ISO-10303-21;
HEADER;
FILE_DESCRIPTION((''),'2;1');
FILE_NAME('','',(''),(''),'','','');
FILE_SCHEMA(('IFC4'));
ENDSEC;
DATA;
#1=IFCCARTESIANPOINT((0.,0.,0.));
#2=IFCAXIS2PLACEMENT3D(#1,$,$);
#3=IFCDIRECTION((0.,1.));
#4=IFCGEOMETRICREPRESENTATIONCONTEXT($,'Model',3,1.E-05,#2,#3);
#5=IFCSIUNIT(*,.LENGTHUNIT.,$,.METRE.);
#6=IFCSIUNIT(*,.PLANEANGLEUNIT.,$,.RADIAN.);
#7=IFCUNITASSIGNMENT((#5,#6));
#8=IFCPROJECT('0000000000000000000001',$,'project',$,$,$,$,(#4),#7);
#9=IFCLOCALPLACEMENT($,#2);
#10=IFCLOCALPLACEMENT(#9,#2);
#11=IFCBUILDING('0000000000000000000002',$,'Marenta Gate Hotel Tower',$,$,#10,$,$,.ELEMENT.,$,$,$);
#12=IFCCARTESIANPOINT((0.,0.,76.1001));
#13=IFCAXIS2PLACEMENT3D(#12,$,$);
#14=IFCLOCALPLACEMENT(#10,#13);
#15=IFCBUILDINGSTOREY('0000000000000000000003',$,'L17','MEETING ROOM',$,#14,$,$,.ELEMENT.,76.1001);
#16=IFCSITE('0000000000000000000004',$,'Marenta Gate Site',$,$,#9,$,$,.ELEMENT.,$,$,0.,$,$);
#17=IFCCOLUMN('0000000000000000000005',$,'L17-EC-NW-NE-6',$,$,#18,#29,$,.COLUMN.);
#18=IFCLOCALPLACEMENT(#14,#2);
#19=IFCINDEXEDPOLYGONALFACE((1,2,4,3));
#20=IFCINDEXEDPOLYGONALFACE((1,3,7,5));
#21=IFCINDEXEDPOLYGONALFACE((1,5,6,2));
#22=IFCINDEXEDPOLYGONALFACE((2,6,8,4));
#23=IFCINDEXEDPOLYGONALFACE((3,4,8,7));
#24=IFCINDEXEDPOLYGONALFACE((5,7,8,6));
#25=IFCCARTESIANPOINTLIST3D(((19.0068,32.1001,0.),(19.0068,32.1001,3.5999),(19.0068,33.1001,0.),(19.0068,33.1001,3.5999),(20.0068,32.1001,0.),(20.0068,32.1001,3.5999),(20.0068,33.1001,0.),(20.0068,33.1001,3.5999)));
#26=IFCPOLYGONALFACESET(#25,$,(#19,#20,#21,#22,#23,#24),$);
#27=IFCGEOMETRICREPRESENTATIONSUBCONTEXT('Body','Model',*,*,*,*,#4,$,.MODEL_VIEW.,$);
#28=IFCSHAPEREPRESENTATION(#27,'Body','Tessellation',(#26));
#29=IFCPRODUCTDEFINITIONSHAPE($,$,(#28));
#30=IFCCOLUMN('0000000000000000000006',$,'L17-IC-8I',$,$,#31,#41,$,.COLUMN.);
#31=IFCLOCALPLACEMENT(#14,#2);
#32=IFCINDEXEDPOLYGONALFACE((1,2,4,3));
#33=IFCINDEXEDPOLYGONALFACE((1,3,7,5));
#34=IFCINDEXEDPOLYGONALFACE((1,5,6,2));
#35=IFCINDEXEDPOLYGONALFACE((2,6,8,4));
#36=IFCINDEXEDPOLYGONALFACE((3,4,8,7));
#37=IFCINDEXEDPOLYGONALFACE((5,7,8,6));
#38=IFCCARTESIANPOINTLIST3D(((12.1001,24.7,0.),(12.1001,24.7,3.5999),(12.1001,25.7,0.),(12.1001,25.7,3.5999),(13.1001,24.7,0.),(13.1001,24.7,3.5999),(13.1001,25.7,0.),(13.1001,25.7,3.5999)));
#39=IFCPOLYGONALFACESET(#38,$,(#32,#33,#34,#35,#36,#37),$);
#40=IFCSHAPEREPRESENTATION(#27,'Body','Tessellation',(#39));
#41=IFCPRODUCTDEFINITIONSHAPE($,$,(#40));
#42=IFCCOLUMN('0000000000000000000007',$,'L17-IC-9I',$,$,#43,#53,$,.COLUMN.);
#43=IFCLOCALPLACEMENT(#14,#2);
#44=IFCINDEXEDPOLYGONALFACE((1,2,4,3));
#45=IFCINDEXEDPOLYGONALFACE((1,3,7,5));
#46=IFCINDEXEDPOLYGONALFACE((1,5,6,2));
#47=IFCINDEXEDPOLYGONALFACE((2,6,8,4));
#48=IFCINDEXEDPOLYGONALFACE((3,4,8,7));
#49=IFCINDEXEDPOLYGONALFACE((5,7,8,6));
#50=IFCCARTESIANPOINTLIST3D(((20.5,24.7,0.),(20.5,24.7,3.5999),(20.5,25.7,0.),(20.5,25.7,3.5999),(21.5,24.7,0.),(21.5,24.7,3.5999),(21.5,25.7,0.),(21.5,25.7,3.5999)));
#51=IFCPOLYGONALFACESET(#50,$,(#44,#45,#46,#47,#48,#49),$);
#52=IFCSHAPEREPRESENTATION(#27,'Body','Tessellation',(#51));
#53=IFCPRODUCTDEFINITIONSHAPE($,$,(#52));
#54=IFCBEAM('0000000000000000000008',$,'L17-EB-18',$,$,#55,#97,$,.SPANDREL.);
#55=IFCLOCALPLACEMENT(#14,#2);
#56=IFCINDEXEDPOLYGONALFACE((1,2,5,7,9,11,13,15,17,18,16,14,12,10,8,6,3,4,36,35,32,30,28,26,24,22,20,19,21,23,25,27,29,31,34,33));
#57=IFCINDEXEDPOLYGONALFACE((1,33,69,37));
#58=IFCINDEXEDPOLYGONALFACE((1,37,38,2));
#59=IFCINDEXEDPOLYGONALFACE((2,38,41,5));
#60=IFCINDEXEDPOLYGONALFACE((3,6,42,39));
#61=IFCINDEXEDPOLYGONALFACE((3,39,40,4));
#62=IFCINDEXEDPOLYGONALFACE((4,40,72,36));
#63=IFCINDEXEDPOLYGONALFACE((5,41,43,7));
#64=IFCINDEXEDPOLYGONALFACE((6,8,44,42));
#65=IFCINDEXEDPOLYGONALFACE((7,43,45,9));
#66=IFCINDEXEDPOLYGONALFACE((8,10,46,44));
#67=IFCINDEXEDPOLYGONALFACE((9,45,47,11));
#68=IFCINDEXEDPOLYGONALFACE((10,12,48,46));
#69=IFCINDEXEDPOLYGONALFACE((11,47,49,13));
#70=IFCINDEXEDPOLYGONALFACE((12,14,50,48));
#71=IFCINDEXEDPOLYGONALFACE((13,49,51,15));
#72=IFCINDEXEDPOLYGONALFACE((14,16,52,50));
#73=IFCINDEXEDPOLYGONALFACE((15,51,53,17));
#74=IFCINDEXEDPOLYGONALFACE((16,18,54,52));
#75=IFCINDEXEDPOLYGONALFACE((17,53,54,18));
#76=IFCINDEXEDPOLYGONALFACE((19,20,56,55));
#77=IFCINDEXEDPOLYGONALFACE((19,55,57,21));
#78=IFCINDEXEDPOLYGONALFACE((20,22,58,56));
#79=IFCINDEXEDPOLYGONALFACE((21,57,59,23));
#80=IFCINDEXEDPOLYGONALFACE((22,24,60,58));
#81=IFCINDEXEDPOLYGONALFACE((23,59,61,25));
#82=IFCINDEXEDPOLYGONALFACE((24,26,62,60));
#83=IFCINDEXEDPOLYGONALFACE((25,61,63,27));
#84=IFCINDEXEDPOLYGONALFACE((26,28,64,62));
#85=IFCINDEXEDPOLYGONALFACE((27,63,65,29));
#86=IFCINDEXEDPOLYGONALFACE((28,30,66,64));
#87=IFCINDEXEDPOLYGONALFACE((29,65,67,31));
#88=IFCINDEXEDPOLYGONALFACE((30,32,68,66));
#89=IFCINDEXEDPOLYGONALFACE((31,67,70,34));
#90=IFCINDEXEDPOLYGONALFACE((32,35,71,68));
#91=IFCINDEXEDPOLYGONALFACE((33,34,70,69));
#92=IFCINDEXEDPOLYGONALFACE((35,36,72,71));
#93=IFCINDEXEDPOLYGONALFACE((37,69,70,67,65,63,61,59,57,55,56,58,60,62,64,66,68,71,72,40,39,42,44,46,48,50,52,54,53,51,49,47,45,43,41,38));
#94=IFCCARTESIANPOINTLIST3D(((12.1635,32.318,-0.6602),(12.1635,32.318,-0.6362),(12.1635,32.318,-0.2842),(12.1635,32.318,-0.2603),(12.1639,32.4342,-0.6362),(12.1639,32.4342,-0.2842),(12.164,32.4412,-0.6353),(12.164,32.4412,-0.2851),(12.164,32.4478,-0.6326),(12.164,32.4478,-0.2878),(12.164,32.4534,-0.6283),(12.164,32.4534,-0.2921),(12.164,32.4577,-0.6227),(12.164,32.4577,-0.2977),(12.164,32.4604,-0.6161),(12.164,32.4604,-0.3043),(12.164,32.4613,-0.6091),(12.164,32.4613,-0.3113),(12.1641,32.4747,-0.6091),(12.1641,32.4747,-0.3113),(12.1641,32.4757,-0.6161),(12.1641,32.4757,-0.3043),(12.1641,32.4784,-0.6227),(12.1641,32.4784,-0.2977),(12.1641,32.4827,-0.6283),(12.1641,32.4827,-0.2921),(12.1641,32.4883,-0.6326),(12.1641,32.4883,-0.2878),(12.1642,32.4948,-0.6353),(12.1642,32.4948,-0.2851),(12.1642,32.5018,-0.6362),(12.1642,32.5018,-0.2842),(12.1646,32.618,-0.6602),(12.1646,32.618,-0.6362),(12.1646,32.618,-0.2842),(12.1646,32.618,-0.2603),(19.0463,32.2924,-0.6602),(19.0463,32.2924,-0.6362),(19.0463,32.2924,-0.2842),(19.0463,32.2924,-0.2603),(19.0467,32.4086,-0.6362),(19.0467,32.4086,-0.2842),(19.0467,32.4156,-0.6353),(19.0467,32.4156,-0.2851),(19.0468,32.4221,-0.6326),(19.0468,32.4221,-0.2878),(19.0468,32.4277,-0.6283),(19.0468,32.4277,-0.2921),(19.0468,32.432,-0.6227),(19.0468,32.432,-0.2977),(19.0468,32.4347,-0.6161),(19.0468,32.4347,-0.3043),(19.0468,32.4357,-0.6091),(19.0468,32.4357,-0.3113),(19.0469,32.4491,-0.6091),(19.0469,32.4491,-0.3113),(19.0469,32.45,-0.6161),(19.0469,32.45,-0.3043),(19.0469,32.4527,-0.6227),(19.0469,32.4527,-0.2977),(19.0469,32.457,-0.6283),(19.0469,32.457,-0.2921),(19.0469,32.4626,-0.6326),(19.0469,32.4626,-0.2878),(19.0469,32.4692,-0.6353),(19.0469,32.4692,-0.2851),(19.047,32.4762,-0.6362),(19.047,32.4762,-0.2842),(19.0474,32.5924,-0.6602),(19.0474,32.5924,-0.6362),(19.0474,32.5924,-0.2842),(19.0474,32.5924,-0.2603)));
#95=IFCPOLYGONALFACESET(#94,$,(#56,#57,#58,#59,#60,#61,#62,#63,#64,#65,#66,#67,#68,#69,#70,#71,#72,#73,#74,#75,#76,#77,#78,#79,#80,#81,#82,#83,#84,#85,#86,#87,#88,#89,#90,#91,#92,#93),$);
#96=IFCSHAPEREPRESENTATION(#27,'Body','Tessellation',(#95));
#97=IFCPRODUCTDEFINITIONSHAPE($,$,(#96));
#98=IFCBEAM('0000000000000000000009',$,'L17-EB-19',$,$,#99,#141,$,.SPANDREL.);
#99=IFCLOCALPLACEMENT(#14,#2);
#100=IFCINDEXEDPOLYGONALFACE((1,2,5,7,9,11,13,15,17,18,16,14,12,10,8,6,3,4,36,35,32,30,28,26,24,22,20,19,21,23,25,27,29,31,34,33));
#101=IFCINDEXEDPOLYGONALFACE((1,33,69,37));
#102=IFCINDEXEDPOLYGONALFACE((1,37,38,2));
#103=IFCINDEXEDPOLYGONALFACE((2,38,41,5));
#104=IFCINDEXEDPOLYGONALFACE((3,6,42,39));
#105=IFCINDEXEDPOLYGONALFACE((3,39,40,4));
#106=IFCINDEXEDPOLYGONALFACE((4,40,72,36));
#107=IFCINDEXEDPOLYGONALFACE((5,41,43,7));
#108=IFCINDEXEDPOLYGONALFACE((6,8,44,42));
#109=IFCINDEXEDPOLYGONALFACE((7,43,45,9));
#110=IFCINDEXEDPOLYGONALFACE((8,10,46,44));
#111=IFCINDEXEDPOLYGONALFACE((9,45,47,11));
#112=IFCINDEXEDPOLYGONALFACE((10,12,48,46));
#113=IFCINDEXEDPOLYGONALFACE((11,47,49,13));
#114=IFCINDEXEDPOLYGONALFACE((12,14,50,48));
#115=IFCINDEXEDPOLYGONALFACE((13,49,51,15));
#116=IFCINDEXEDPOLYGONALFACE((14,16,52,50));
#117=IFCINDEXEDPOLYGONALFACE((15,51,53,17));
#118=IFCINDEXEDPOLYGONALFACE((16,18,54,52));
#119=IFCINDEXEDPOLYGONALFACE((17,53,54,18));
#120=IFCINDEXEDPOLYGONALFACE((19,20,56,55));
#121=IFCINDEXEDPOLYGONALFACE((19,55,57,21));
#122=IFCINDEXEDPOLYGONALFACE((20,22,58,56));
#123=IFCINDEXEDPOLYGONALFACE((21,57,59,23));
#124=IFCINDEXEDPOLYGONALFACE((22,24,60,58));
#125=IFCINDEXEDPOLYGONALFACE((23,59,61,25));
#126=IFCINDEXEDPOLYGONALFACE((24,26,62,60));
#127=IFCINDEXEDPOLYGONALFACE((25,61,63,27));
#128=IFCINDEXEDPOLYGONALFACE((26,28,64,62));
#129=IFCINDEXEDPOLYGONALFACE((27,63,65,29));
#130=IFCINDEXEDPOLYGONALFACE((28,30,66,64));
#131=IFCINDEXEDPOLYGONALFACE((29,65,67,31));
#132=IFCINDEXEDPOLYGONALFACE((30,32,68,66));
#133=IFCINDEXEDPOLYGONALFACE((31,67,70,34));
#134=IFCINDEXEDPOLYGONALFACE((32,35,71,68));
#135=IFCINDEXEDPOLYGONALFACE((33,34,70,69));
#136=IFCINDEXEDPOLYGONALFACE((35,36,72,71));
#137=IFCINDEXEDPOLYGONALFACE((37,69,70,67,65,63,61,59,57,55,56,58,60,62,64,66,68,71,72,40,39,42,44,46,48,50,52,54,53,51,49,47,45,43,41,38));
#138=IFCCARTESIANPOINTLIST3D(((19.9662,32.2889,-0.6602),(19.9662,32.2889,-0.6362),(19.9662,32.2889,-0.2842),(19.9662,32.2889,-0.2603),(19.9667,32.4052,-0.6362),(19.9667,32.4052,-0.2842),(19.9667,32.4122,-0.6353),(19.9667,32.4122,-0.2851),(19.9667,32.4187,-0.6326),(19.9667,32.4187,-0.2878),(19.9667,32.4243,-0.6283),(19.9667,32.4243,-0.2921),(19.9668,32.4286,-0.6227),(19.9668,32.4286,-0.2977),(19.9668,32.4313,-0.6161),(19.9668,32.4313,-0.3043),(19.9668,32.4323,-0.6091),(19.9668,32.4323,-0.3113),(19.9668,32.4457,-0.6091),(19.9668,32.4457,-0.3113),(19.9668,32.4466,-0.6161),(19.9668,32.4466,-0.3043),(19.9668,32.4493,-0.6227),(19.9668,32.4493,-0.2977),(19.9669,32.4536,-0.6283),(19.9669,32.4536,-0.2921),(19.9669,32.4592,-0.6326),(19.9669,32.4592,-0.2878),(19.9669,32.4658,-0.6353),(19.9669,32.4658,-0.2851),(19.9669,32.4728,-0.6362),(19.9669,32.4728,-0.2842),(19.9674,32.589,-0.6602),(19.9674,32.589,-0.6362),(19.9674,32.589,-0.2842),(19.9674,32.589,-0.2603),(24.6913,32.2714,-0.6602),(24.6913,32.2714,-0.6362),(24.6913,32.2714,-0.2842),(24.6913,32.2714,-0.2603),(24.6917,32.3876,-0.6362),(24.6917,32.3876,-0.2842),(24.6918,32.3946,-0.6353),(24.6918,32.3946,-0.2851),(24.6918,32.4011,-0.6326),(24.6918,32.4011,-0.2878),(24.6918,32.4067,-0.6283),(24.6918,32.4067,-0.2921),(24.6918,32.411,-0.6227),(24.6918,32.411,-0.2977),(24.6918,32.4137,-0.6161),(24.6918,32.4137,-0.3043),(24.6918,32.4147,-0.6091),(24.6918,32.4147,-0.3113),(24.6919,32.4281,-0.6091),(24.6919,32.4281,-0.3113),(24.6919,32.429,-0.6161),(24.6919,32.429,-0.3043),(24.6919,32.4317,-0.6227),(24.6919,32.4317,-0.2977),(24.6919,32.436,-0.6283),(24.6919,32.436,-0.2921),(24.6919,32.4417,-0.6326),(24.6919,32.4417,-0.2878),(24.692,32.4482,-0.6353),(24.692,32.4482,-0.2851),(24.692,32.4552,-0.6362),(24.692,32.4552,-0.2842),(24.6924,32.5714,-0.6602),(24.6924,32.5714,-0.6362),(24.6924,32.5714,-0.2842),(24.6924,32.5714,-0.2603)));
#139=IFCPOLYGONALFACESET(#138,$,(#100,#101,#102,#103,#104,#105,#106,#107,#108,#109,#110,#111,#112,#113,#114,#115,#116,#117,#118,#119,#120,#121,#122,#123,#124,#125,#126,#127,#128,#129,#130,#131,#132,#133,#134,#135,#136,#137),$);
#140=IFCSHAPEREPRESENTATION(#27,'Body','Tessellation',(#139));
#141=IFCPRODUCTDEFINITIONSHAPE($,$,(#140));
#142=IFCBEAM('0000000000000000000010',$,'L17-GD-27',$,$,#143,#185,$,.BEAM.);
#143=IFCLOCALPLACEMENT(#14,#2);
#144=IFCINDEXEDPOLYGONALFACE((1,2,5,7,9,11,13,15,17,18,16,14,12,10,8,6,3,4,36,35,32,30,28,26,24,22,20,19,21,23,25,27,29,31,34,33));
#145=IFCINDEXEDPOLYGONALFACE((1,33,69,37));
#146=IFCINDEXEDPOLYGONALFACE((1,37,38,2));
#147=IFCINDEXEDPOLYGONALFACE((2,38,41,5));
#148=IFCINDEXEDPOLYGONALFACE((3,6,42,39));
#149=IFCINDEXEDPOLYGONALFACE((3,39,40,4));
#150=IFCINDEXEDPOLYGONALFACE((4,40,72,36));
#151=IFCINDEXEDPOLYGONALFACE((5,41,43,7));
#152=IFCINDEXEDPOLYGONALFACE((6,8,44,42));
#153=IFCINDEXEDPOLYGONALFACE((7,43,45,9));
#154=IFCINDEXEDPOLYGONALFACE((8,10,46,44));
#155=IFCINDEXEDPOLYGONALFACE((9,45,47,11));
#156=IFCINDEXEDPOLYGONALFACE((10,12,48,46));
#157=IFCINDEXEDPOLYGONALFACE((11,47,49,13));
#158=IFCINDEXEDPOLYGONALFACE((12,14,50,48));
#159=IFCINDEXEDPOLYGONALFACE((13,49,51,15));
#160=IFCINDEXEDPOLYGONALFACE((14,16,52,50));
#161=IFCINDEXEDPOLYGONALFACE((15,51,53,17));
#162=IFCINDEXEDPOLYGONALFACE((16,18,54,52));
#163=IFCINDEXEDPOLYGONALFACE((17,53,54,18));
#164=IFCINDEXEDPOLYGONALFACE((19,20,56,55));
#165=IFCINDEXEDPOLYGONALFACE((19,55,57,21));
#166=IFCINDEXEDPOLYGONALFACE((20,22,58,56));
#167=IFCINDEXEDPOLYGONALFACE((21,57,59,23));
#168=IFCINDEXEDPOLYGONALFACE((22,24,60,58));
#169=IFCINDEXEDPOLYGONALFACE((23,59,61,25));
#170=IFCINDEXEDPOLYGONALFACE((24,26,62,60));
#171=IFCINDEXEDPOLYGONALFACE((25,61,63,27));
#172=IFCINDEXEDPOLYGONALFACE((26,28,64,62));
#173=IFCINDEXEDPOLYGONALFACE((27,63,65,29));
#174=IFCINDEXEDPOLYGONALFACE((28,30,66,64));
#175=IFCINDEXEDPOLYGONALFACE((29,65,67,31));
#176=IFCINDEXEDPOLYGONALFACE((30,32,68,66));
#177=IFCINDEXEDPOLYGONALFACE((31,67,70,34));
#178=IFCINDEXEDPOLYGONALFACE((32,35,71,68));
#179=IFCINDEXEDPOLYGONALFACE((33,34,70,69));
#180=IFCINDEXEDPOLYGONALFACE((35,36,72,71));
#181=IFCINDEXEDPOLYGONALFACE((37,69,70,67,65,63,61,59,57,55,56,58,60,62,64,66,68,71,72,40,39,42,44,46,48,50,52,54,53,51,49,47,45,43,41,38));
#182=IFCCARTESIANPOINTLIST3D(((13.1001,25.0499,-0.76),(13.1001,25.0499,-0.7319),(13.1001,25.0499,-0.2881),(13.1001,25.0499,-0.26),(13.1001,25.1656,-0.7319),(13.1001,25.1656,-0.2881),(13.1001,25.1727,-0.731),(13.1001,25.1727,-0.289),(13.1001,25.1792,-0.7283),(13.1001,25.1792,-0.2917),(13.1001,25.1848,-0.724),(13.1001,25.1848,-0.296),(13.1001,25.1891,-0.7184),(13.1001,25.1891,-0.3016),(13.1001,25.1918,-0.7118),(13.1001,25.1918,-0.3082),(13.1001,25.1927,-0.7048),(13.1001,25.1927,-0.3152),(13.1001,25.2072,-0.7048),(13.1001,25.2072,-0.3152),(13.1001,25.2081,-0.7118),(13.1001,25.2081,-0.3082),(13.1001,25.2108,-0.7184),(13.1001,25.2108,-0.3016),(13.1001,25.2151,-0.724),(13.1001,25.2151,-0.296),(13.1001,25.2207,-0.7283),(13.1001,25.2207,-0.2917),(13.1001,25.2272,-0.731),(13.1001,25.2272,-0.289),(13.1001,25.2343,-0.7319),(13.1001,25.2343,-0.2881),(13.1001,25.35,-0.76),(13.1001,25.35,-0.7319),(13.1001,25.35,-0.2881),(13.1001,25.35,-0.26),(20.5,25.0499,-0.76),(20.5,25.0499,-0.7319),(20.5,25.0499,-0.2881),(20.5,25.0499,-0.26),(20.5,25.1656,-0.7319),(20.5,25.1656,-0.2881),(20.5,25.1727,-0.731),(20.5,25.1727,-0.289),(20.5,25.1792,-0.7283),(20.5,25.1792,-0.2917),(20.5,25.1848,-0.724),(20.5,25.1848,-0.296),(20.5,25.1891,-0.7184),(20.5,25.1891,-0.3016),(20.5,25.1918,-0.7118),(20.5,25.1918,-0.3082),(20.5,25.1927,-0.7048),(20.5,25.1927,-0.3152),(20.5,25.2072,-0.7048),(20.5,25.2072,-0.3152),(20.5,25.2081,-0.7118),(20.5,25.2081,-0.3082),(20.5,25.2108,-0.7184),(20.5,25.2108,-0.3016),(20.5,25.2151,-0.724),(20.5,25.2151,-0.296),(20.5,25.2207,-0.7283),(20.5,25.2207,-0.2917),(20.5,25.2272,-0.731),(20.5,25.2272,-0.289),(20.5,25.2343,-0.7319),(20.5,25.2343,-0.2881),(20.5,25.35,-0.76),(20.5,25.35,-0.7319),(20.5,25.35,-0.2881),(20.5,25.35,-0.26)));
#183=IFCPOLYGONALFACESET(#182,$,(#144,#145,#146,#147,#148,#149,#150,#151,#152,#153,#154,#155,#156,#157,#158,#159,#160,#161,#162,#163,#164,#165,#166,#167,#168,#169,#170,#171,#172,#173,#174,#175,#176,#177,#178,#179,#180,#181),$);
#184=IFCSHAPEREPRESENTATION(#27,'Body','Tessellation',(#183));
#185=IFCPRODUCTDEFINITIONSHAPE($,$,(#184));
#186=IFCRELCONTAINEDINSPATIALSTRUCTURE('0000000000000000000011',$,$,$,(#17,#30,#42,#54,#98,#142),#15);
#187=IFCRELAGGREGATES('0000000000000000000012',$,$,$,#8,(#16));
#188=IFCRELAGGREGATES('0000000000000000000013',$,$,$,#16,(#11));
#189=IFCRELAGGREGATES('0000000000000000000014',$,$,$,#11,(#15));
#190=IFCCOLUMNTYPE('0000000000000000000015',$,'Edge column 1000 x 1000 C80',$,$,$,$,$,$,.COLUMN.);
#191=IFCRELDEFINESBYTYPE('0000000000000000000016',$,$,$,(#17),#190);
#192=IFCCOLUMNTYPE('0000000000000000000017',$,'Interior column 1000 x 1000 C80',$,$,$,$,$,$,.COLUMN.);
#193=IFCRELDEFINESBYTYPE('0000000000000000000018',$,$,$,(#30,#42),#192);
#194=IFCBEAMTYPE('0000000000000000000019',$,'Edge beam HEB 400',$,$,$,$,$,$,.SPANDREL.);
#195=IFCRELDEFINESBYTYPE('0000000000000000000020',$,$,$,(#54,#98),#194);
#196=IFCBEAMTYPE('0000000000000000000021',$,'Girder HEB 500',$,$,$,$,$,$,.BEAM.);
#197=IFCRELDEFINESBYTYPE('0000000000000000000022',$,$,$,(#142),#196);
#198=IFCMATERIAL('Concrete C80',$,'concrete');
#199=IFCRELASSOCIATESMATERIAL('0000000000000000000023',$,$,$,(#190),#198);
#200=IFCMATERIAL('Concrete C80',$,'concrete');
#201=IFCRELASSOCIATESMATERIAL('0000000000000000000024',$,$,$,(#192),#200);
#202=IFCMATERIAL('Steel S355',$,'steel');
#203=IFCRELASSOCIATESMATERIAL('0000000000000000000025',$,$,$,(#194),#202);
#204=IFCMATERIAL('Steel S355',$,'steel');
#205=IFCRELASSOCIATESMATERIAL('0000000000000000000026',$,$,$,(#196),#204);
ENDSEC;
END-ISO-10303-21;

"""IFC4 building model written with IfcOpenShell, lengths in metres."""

from ifc_helpers import new_model, si_unit, direction, frame, origin, origin_2d, place, context, subcontext, project, spatial, rectangle, i_section, extrude, material, material_profile, profile_set, type_object, element, save


model = new_model("IFC4")

# Units and contexts
model_context = context("Model", 3, precision=1e-05, world=origin(), true_north=direction((0.0, 1.0)))
body_context = subcontext(model_context, "Body", "Model", "MODEL_VIEW")
ifc_project = project(units=[si_unit("LENGTHUNIT", "METRE"), si_unit("PLANEANGLEUNIT", "RADIAN")], contexts=[model_context])

# Site, building, storey
site_placement = place(None, origin())
site = spatial("IfcSite", under=ifc_project, at=site_placement, Name="Marenta Gate Site", CompositionType="ELEMENT", RefElevation=0.0)
building_placement = place(site_placement, origin())
building = spatial("IfcBuilding", under=site, at=building_placement, Name="Marenta Gate Hotel Tower", CompositionType="ELEMENT")
storey_placement = place(building_placement, frame((0.0, 0.0, 76.1001)))
storey = spatial("IfcBuildingStorey", under=building, at=storey_placement, Name="L17", Description="MEETING ROOM", CompositionType="ELEMENT", Elevation=76.1001)

# Columns
ifc_material_1 = material(Name="Concrete C80", Category="concrete")
ifc_material_profile_1 = material_profile(ifc_material_1, rectangle(XDim=1.0, YDim=1.0, at=origin_2d()), Name="1000 x 1000")
ifc_profile_set_1 = profile_set([ifc_material_profile_1], Name="Concrete C80")
column_type_1 = type_object("IfcColumnType", Name="Edge column 1000 x 1000 C80", PredefinedType="COLUMN", material=ifc_profile_set_1)
column_placement = place(storey_placement, frame((19.5068, 32.6001, 0.0), z_axis=(0.0, 0.0, 1.0), x_axis=(1.0, 0.0, 0.0)))
element("IfcColumn", 1, at=column_placement, inside=storey, type_object=column_type_1, Name="L17-EC-NW-NE-6", PredefinedType="COLUMN", context=body_context, shape_type="SweptSolid", body=[
    extrude(rectangle(XDim=1.0, YDim=1.0, at=origin_2d()), origin(), (0.0, 0.0, 1.0), 3.5999),
])
ifc_material_2 = material(Name="Concrete C80", Category="concrete")
ifc_material_profile_2 = material_profile(ifc_material_2, rectangle(XDim=1.0, YDim=1.0, at=origin_2d()), Name="1000 x 1000")
ifc_profile_set_2 = profile_set([ifc_material_profile_2], Name="Concrete C80")
column_type_2 = type_object("IfcColumnType", Name="Interior column 1000 x 1000 C80", PredefinedType="COLUMN", material=ifc_profile_set_2)
for number, where, z_axis, x_axis, name in (
    (2, (12.6001, 25.2, 0.0), (0.0, 0.0, 1.0), (1.0, 0.0, 0.0), "L17-IC-8I"),
    (3, (21.0, 25.2, 0.0), (0.0, 0.0, 1.0), (1.0, 0.0, 0.0), "L17-IC-9I"),
):
    element("IfcColumn", number, at=place(storey_placement, frame(where, z_axis=z_axis, x_axis=x_axis)), inside=storey, type_object=column_type_2, Name=name, PredefinedType="COLUMN", context=body_context, shape_type="SweptSolid", body=[
        extrude(rectangle(XDim=1.0, YDim=1.0, at=origin_2d()), origin(), (0.0, 0.0, 1.0), 3.5999),
    ])

# Beams
ifc_material_3 = material(Name="Steel S355", Category="steel")
ifc_material_profile_3 = material_profile(ifc_material_3, i_section(OverallWidth=0.3, OverallDepth=0.3999, WebThickness=0.0134, FlangeThickness=0.0239, FilletRadius=0.0271, at=origin_2d()), Name="HEB 400")
ifc_profile_set_3 = profile_set([ifc_material_profile_3], Name="Steel S355")
beam_type_1 = type_object("IfcBeamType", Name="Edge beam HEB 400", PredefinedType="SPANDREL", material=ifc_profile_set_3)
beam_1_placement = place(storey_placement, frame((12.1641, 32.468, -0.4602), z_axis=(0.999993, -0.003724, 0.0), x_axis=(0.003724, 0.999993, 0.0)))
element("IfcBeam", 4, at=beam_1_placement, inside=storey, type_object=beam_type_1, Name="L17-EB-18", PredefinedType="SPANDREL", context=body_context, shape_type="SweptSolid", body=[
    extrude(i_section(OverallWidth=0.3, OverallDepth=0.3999, WebThickness=0.0134, FlangeThickness=0.0239, FilletRadius=0.0271, at=origin_2d()), origin(), (0.0, 0.0, 1.0), 6.8828),
])
beam_2_placement = place(storey_placement, frame((19.9668, 32.439, -0.4602), z_axis=(0.999993, -0.00372, 0.0), x_axis=(0.00372, 0.999993, 0.0)))
element("IfcBeam", 5, at=beam_2_placement, inside=storey, type_object=beam_type_1, Name="L17-EB-19", PredefinedType="SPANDREL", context=body_context, shape_type="SweptSolid", body=[
    extrude(i_section(OverallWidth=0.3, OverallDepth=0.3999, WebThickness=0.0134, FlangeThickness=0.0239, FilletRadius=0.0271, at=origin_2d()), origin(), (0.0, 0.0, 1.0), 4.7251),
])
ifc_material_4 = material(Name="Steel S355", Category="steel")
ifc_material_profile_4 = material_profile(ifc_material_4, i_section(OverallWidth=0.3, OverallDepth=0.5, WebThickness=0.0144, FlangeThickness=0.0281, FilletRadius=0.0271, at=origin_2d()), Name="HEB 500")
ifc_profile_set_4 = profile_set([ifc_material_profile_4], Name="Steel S355")
beam_type_2 = type_object("IfcBeamType", Name="Girder HEB 500", PredefinedType="BEAM", material=ifc_profile_set_4)
beam_3_placement = place(storey_placement, frame((13.1001, 25.2, -0.51), z_axis=(1.0, 0.0, 0.0), x_axis=(0.0, 1.0, 0.0)))
element("IfcBeam", 6, at=beam_3_placement, inside=storey, type_object=beam_type_2, Name="L17-GD-27", PredefinedType="BEAM", context=body_context, shape_type="SweptSolid", body=[
    extrude(i_section(OverallWidth=0.3, OverallDepth=0.5, WebThickness=0.0144, FlangeThickness=0.0281, FilletRadius=0.0271, at=origin_2d()), origin(), (0.0, 0.0, 1.0), 7.3999),
])

save(model, "model.ifc")
